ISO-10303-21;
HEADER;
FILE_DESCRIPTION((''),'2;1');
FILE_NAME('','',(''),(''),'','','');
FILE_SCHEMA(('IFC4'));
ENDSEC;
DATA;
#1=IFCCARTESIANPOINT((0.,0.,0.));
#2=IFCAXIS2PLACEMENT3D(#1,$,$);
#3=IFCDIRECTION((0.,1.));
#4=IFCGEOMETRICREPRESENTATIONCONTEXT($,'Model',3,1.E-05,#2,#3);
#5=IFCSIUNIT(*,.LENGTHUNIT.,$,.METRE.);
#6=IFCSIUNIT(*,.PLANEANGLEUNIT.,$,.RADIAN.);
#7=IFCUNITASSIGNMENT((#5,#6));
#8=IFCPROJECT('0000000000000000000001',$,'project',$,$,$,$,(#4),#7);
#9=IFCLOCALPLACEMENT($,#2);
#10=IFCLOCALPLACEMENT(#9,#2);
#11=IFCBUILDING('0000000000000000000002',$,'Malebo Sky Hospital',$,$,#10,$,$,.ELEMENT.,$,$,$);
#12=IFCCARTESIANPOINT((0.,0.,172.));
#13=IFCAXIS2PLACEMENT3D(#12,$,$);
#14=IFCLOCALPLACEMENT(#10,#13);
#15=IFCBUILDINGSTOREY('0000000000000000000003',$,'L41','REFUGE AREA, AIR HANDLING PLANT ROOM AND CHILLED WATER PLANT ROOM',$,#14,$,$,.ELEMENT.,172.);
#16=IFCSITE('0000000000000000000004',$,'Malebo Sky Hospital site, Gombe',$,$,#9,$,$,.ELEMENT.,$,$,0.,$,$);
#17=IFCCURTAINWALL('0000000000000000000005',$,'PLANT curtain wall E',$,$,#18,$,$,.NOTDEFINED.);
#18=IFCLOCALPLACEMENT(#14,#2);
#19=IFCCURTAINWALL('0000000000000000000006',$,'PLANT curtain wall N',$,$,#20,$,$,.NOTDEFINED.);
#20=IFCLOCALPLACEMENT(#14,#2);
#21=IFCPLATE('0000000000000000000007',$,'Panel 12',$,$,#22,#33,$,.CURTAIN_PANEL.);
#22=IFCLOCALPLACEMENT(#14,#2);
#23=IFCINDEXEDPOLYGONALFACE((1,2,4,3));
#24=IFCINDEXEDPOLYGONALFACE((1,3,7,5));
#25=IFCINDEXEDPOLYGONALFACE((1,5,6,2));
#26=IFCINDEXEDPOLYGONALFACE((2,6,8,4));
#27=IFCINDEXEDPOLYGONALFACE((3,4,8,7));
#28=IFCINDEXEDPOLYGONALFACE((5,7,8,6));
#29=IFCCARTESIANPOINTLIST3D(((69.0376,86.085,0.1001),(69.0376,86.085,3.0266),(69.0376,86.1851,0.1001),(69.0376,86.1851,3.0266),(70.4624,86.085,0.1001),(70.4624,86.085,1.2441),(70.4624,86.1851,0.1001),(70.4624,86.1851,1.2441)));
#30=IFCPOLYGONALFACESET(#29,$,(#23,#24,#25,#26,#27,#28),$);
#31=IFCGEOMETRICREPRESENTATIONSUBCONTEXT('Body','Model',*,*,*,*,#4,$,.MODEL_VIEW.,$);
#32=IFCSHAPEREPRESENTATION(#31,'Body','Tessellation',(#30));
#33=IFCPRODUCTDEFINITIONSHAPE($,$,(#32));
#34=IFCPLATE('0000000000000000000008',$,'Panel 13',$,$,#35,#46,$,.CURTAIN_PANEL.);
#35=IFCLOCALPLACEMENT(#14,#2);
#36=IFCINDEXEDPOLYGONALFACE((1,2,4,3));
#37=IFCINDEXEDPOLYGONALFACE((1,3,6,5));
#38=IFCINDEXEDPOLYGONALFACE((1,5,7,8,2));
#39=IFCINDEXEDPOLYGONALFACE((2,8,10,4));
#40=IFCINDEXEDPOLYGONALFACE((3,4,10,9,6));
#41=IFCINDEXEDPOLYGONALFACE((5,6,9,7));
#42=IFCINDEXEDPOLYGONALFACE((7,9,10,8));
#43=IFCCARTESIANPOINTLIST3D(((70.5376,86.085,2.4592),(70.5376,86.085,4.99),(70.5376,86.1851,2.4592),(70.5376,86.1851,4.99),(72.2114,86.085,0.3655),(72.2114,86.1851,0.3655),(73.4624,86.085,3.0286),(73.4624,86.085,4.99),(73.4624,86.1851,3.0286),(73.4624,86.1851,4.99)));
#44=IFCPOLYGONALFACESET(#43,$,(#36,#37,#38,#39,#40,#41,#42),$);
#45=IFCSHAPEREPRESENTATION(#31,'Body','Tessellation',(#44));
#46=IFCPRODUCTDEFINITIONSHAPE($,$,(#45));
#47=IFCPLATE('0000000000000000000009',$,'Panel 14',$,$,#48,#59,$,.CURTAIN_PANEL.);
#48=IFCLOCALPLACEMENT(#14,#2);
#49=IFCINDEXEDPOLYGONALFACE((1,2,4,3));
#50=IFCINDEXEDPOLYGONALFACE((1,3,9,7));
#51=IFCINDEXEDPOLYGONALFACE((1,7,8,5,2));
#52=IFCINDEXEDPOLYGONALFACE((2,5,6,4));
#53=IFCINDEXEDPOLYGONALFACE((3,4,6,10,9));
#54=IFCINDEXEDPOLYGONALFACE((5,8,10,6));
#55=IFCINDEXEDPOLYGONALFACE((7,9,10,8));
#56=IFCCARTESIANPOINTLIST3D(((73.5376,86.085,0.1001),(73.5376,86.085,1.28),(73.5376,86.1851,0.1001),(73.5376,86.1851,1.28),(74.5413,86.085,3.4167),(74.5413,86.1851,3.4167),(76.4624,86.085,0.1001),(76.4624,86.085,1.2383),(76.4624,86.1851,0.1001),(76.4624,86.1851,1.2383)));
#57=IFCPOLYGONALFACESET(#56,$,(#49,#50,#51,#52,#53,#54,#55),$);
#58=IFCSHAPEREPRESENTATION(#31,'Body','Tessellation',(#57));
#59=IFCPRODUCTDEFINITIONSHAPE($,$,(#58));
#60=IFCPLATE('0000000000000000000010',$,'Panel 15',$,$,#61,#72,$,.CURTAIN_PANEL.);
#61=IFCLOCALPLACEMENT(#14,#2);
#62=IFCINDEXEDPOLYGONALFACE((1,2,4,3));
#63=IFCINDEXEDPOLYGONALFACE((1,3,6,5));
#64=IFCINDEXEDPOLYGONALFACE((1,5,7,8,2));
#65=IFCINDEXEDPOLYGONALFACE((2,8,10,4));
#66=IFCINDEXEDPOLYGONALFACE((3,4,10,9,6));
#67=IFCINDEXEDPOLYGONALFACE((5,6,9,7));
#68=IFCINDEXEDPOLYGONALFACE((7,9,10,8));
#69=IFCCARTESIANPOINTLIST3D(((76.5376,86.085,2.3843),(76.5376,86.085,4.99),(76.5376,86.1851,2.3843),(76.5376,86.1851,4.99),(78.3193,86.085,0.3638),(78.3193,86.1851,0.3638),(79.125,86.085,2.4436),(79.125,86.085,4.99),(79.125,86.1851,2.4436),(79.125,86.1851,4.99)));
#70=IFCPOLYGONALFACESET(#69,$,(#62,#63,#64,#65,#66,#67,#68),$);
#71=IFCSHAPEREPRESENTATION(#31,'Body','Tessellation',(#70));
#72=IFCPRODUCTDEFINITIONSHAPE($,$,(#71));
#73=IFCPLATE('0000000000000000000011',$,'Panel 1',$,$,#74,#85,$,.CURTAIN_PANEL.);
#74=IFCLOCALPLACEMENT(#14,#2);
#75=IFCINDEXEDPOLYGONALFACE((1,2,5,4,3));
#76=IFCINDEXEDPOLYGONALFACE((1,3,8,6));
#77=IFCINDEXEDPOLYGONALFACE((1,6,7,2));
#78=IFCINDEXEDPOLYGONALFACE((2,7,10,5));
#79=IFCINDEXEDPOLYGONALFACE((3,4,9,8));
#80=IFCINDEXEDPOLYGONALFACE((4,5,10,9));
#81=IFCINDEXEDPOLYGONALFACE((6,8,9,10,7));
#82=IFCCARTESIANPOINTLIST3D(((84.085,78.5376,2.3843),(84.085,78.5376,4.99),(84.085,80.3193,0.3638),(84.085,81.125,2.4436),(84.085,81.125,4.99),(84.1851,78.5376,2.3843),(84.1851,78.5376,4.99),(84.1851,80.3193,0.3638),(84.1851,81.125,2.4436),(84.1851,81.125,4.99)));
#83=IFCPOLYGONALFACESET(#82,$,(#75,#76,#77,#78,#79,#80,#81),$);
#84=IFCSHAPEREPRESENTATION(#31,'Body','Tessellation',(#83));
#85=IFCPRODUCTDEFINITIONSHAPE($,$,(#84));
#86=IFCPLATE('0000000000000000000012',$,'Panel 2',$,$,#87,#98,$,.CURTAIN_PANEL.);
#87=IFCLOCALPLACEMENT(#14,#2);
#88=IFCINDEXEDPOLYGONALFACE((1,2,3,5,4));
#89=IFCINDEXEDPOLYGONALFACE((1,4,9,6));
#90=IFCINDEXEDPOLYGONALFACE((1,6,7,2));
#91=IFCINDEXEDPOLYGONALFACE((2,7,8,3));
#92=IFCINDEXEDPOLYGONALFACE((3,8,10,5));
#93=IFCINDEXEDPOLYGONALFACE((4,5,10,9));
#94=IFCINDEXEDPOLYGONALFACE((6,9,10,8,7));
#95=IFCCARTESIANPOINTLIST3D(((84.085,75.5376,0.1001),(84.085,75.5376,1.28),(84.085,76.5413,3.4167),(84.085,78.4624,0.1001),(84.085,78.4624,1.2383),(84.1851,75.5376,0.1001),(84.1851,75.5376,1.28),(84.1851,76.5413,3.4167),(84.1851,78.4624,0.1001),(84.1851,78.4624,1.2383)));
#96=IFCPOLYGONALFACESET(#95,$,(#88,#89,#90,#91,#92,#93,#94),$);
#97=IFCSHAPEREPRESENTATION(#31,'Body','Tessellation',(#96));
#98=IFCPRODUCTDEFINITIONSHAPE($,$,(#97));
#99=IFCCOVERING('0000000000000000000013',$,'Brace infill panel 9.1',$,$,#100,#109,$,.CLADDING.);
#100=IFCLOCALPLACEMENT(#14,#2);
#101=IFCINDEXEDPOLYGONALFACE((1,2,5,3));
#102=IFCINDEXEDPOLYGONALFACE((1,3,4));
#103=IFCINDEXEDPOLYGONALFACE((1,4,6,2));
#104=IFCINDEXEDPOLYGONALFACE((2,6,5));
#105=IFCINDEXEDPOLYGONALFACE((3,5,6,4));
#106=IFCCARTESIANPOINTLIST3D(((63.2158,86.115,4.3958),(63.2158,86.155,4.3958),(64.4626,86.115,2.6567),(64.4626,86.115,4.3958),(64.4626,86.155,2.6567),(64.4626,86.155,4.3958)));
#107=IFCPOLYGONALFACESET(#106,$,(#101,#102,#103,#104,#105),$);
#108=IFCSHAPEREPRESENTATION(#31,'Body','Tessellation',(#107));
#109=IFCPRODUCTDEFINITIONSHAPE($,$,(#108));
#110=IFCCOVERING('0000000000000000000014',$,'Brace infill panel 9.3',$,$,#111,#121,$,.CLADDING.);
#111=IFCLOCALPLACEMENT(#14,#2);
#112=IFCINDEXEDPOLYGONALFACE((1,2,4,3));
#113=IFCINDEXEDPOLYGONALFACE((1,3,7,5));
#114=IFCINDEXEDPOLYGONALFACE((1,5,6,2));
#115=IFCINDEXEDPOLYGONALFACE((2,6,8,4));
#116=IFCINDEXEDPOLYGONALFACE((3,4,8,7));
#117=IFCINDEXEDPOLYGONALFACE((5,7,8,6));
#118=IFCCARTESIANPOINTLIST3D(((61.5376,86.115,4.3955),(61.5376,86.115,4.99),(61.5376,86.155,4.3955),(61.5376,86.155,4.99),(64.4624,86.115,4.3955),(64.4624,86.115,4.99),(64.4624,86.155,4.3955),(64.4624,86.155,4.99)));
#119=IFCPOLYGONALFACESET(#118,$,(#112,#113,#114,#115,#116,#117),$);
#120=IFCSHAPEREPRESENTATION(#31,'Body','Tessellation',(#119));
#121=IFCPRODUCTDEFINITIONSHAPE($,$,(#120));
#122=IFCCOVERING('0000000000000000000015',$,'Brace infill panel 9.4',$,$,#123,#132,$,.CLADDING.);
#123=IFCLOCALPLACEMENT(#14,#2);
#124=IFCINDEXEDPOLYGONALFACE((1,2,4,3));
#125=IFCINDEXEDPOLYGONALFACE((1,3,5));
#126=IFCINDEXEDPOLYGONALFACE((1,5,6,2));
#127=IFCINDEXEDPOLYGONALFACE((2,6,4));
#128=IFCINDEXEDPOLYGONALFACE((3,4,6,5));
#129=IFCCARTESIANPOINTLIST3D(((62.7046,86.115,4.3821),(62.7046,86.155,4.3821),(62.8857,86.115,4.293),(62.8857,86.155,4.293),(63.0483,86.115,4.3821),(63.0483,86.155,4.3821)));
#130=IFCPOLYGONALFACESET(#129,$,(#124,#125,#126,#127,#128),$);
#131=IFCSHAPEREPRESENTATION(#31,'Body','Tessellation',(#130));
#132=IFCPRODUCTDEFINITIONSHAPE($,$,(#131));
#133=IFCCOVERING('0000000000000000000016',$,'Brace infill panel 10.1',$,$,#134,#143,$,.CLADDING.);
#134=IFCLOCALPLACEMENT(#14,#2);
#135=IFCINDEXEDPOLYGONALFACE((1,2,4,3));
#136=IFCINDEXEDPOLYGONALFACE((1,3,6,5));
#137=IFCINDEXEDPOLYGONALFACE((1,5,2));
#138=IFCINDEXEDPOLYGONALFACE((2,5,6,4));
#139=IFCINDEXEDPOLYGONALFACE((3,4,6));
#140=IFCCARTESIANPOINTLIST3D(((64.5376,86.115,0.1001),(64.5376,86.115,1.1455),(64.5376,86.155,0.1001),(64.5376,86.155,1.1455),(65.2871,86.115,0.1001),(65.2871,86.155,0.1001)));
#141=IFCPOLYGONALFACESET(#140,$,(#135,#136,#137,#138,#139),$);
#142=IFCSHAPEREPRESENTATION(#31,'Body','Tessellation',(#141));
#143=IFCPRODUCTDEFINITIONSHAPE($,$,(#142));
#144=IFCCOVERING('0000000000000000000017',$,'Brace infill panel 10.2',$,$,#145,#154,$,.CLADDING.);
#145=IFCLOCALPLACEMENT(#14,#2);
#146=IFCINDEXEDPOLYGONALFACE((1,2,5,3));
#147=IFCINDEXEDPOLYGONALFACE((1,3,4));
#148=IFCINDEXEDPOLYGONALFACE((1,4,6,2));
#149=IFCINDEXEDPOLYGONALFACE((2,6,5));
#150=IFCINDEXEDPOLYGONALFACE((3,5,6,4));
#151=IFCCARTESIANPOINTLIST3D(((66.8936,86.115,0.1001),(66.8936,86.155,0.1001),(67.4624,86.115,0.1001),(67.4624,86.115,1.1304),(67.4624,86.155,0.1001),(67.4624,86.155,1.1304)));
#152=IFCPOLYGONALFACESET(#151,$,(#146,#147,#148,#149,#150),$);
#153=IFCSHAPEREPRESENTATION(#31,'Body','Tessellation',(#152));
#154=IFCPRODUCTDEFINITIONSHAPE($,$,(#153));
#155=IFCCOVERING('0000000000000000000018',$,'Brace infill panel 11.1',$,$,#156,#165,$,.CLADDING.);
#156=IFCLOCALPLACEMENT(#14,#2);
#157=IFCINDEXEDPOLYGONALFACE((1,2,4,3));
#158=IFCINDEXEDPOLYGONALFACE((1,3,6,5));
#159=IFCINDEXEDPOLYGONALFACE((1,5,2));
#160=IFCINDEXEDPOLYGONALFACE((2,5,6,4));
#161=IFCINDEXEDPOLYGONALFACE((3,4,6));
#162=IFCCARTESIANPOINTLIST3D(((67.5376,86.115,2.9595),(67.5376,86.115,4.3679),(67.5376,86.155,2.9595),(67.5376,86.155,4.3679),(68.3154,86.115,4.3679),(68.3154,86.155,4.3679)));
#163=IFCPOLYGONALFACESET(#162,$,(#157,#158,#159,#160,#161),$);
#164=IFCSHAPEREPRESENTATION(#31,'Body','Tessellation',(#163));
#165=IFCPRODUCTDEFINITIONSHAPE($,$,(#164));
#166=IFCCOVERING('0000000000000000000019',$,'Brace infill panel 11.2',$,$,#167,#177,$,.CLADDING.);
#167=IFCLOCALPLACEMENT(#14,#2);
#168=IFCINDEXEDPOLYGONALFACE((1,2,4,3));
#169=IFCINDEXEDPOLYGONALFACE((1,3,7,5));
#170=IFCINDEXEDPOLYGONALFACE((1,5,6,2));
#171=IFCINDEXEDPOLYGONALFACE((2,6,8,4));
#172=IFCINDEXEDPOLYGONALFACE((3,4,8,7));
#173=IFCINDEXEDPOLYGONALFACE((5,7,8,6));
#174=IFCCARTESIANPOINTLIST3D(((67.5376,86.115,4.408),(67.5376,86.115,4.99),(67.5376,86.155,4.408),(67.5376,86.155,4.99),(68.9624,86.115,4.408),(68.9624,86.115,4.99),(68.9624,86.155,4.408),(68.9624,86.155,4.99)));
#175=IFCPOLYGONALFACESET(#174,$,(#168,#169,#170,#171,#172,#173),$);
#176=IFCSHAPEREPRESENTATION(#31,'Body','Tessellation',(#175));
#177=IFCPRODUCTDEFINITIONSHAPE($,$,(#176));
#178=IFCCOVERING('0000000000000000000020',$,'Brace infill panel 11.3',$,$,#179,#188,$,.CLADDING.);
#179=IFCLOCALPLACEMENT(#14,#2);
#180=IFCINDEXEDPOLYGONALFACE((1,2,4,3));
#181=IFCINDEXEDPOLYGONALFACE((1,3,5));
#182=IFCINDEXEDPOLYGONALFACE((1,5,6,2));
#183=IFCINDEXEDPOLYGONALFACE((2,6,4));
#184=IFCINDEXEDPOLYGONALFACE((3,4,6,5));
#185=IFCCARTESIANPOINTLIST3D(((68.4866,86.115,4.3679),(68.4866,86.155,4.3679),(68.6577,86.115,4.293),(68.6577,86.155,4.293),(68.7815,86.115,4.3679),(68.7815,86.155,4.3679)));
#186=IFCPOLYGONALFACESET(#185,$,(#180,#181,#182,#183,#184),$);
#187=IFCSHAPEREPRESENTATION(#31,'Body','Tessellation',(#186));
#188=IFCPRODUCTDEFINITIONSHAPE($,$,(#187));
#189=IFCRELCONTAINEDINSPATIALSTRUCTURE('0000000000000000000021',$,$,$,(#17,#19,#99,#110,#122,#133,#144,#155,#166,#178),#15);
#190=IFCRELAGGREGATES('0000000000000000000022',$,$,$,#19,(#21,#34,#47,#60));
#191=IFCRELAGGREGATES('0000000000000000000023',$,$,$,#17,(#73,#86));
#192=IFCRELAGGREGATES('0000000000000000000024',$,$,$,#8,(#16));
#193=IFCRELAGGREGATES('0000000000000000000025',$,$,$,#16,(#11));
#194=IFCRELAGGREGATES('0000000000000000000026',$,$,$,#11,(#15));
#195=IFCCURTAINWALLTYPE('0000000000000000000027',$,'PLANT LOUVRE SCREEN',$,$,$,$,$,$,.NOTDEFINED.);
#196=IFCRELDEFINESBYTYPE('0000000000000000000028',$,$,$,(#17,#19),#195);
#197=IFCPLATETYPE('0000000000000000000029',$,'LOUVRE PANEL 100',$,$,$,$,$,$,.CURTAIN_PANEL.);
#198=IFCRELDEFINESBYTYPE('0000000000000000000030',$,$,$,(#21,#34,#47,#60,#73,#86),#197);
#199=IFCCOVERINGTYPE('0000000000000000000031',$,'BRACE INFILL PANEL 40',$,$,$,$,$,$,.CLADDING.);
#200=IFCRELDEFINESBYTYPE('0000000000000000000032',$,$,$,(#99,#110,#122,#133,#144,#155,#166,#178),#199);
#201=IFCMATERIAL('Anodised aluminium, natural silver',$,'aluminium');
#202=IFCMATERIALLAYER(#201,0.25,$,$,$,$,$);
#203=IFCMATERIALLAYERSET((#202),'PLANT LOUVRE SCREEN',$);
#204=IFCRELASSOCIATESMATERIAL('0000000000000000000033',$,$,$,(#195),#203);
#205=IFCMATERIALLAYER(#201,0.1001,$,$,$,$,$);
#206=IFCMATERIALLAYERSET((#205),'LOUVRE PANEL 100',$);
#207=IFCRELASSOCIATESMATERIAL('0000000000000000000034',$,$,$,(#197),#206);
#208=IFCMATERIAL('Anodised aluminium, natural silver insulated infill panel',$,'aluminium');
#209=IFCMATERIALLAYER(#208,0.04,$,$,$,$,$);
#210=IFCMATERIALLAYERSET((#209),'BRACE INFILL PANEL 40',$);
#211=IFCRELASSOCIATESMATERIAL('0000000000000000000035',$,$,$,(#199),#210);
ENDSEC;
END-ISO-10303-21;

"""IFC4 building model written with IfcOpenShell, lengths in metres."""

from ifc_helpers import new_model, si_unit, direction, frame, origin, place, context, subcontext, project, spatial, polyline, outline, extrude, material, layer, layer_set, type_object, element, aggregate, save


model = new_model("IFC4")

# Units and contexts
model_context = context("Model", 3, precision=1e-05, world=origin(), true_north=direction((0.0, 1.0)))
body_context = subcontext(model_context, "Body", "Model", "MODEL_VIEW")
ifc_project = project(units=[si_unit("LENGTHUNIT", "METRE"), si_unit("PLANEANGLEUNIT", "RADIAN")], contexts=[model_context])

# Site, building, storey
site_placement = place(None, origin())
site = spatial("IfcSite", under=ifc_project, at=site_placement, Name="Malebo Sky Hospital site, Gombe", CompositionType="ELEMENT", RefElevation=0.0)
building_placement = place(site_placement, origin())
building = spatial("IfcBuilding", under=site, at=building_placement, Name="Malebo Sky Hospital", CompositionType="ELEMENT")
storey_placement = place(building_placement, frame((0.0, 0.0, 172.0)))
storey = spatial("IfcBuildingStorey", under=building, at=storey_placement, Name="L41", Description="REFUGE AREA, AIR HANDLING PLANT ROOM AND CHILLED WATER PLANT ROOM", CompositionType="ELEMENT", Elevation=172.0)

# Curtain wall
ifc_material_1 = material(Name="Anodised aluminium, natural silver", Category="aluminium")
ifc_layer_1 = layer(ifc_material_1, 0.25)
ifc_layer_set_1 = layer_set([ifc_layer_1], Name="PLANT LOUVRE SCREEN")
curtain_wall_type = type_object("IfcCurtainWallType", Name="PLANT LOUVRE SCREEN", PredefinedType="NOTDEFINED", material=ifc_layer_set_1)
curtain_wall_1_placement = place(storey_placement, origin())
curtain_wall_1 = element("IfcCurtainWall", 1, at=curtain_wall_1_placement, inside=storey, type_object=curtain_wall_type, Name="PLANT curtain wall E", PredefinedType="NOTDEFINED")

# Curtain wall, plates
curtain_wall_2_placement = place(storey_placement, origin())
curtain_wall_2 = element("IfcCurtainWall", 2, at=curtain_wall_2_placement, inside=storey, type_object=curtain_wall_type, Name="PLANT curtain wall N", PredefinedType="NOTDEFINED")
ifc_layer_2 = layer(ifc_material_1, 0.1001)
ifc_layer_set_2 = layer_set([ifc_layer_2], Name="LOUVRE PANEL 100")
plate_type = type_object("IfcPlateType", Name="LOUVRE PANEL 100", PredefinedType="CURTAIN_PANEL", material=ifc_layer_set_2)
plate_1_placement = place(storey_placement, frame((69.75, 86.135, 0.1001), z_axis=(0.0, 0.0, 1.0), x_axis=(1.0, 0.0, 0.0)))
plate_1 = element("IfcPlate", 3, at=plate_1_placement, type_object=plate_type, Name="Panel 12", PredefinedType="CURTAIN_PANEL", context=body_context, shape_type="SweptSolid", body=[
    extrude(outline(polyline([(-0.7124, 0.0), (0.7124, 0.0), (0.7124, 1.144), (-0.7124, 2.9265), (-0.7124, 0.0)])), frame((0.0, 0.05, 0.0), z_axis=(0.0, -1.0, 0.0), x_axis=(1.0, 0.0, 0.0)), (0.0, 0.0, 1.0), 0.1001),
])
plate_2_placement = place(storey_placement, frame((72.0, 86.135, 0.3655), z_axis=(0.0, 0.0, 1.0), x_axis=(1.0, 0.0, 0.0)))
plate_2 = element("IfcPlate", 4, at=plate_2_placement, type_object=plate_type, Name="Panel 13", PredefinedType="CURTAIN_PANEL", context=body_context, shape_type="SweptSolid", body=[
    extrude(outline(polyline([(0.2114, 0.0), (1.4624, 2.6631), (1.4624, 4.6245), (-1.4624, 4.6245), (-1.4624, 2.0938), (0.2114, 0.0)])), frame((0.0, 0.05, 0.0), z_axis=(0.0, -1.0, 0.0), x_axis=(1.0, 0.0, 0.0)), (0.0, 0.0, 1.0), 0.1001),
])
plate_3_placement = place(storey_placement, frame((75.0, 86.135, 0.1001), z_axis=(0.0, 0.0, 1.0), x_axis=(1.0, 0.0, 0.0)))
plate_3 = element("IfcPlate", 5, at=plate_3_placement, type_object=plate_type, Name="Panel 14", PredefinedType="CURTAIN_PANEL", context=body_context, shape_type="SweptSolid", body=[
    extrude(outline(polyline([(-1.4624, 0.0), (1.4624, 0.0), (1.4624, 1.1382), (-0.4587, 3.3167), (-1.4624, 1.1799), (-1.4624, 0.0)])), frame((0.0, 0.05, 0.0), z_axis=(0.0, -1.0, 0.0), x_axis=(1.0, 0.0, 0.0)), (0.0, 0.0, 1.0), 0.1001),
])
plate_4_placement = place(storey_placement, frame((77.8313, 86.135, 0.3638), z_axis=(0.0, 0.0, 1.0), x_axis=(1.0, 0.0, 0.0)))
plate_4 = element("IfcPlate", 6, at=plate_4_placement, type_object=plate_type, Name="Panel 15", PredefinedType="CURTAIN_PANEL", context=body_context, shape_type="SweptSolid", body=[
    extrude(outline(polyline([(0.488, 0.0), (1.2937, 2.0798), (1.2937, 4.6262), (-1.2937, 4.6262), (-1.2937, 2.0205), (0.488, 0.0)])), frame((0.0, 0.05, 0.0), z_axis=(0.0, -1.0, 0.0), x_axis=(1.0, 0.0, 0.0)), (0.0, 0.0, 1.0), 0.1001),
])
aggregate(curtain_wall_2, [plate_1, plate_2, plate_3, plate_4])

# Plates
plate_5_placement = place(storey_placement, frame((84.135, 79.8313, 0.3638), z_axis=(0.0, 0.0, 1.0), x_axis=(0.0, -1.0, 0.0)))
plate_5 = element("IfcPlate", 7, at=plate_5_placement, type_object=plate_type, Name="Panel 1", PredefinedType="CURTAIN_PANEL", context=body_context, shape_type="SweptSolid", body=[
    extrude(outline(polyline([(-0.488, 0.0), (1.2937, 2.0205), (1.2937, 4.6262), (-1.2937, 4.6262), (-1.2937, 2.0798), (-0.488, 0.0)])), frame((0.0, 0.05, 0.0), z_axis=(0.0, -1.0, 0.0), x_axis=(1.0, 0.0, 0.0)), (0.0, 0.0, 1.0), 0.1001),
])
plate_6_placement = place(storey_placement, frame((84.135, 77.0, 0.1001), z_axis=(0.0, 0.0, 1.0), x_axis=(0.0, -1.0, 0.0)))
plate_6 = element("IfcPlate", 8, at=plate_6_placement, type_object=plate_type, Name="Panel 2", PredefinedType="CURTAIN_PANEL", context=body_context, shape_type="SweptSolid", body=[
    extrude(outline(polyline([(-1.4624, 0.0), (1.4624, 0.0), (1.4624, 1.1799), (0.4587, 3.3167), (-1.4624, 1.1382), (-1.4624, 0.0)])), frame((0.0, 0.05, 0.0), z_axis=(0.0, -1.0, 0.0), x_axis=(1.0, 0.0, 0.0)), (0.0, 0.0, 1.0), 0.1001),
])
aggregate(curtain_wall_1, [plate_5, plate_6])

# Coverings
ifc_material_2 = material(Name="Anodised aluminium, natural silver insulated infill panel", Category="aluminium")
ifc_layer_3 = layer(ifc_material_2, 0.04)
ifc_layer_set_3 = layer_set([ifc_layer_3], Name="BRACE INFILL PANEL 40")
covering_type = type_object("IfcCoveringType", Name="BRACE INFILL PANEL 40", PredefinedType="CLADDING", material=ifc_layer_set_3)
covering_1_placement = place(storey_placement, frame((63.8391, 86.135, 2.6567), z_axis=(0.0, 0.0, 1.0), x_axis=(1.0, 0.0, 0.0)))
element("IfcCovering", 9, at=covering_1_placement, inside=storey, type_object=covering_type, Name="Brace infill panel 9.1", PredefinedType="CLADDING", context=body_context, shape_type="SweptSolid", body=[
    extrude(outline(polyline([(0.6235, 0.0), (0.6235, 1.739), (-0.6233, 1.739), (0.6235, 0.0)])), frame((0.0, 0.02, 0.0), z_axis=(0.0, -1.0, 0.0), x_axis=(1.0, 0.0, 0.0)), (0.0, 0.0, 1.0), 0.04),
])
covering_2_placement = place(storey_placement, frame((63.0, 86.135, 4.3955), z_axis=(0.0, 0.0, 1.0), x_axis=(1.0, 0.0, 0.0)))
element("IfcCovering", 10, at=covering_2_placement, inside=storey, type_object=covering_type, Name="Brace infill panel 9.3", PredefinedType="CLADDING", context=body_context, shape_type="SweptSolid", body=[
    extrude(outline(polyline([(-1.4624, 0.0), (1.4624, 0.0), (1.4624, 0.5945), (-1.4624, 0.5945), (-1.4624, 0.0)])), frame((0.0, 0.02, 0.0), z_axis=(0.0, -1.0, 0.0), x_axis=(1.0, 0.0, 0.0)), (0.0, 0.0, 1.0), 0.04),
])
covering_3_placement = place(storey_placement, frame((62.8765, 86.135, 4.293), z_axis=(0.0, 0.0, 1.0), x_axis=(1.0, 0.0, 0.0)))
element("IfcCovering", 11, at=covering_3_placement, inside=storey, type_object=covering_type, Name="Brace infill panel 9.4", PredefinedType="CLADDING", context=body_context, shape_type="SweptSolid", body=[
    extrude(outline(polyline([(0.0093, 0.0), (0.1719, 0.0891), (-0.1719, 0.0891), (0.0093, 0.0)])), frame((0.0, 0.02, 0.0), z_axis=(0.0, -1.0, 0.0), x_axis=(1.0, 0.0, 0.0)), (0.0, 0.0, 1.0), 0.04),
])
covering_4_placement = place(storey_placement, frame((64.9124, 86.135, 0.1001), z_axis=(0.0, 0.0, 1.0), x_axis=(1.0, 0.0, 0.0)))
element("IfcCovering", 12, at=covering_4_placement, inside=storey, type_object=covering_type, Name="Brace infill panel 10.1", PredefinedType="CLADDING", context=body_context, shape_type="SweptSolid", body=[
    extrude(outline(polyline([(-0.3748, 0.0), (0.3748, 0.0), (-0.3748, 1.0454), (-0.3748, 0.0)])), frame((0.0, 0.02, 0.0), z_axis=(0.0, -1.0, 0.0), x_axis=(1.0, 0.0, 0.0)), (0.0, 0.0, 1.0), 0.04),
])
covering_5_placement = place(storey_placement, frame((67.178, 86.135, 0.1001), z_axis=(0.0, 0.0, 1.0), x_axis=(1.0, 0.0, 0.0)))
element("IfcCovering", 13, at=covering_5_placement, inside=storey, type_object=covering_type, Name="Brace infill panel 10.2", PredefinedType="CLADDING", context=body_context, shape_type="SweptSolid", body=[
    extrude(outline(polyline([(-0.2844, 0.0), (0.2844, 0.0), (0.2844, 1.0303), (-0.2844, 0.0)])), frame((0.0, 0.02, 0.0), z_axis=(0.0, -1.0, 0.0), x_axis=(1.0, 0.0, 0.0)), (0.0, 0.0, 1.0), 0.04),
])
covering_6_placement = place(storey_placement, frame((67.9265, 86.135, 2.9595), z_axis=(0.0, 0.0, 1.0), x_axis=(1.0, 0.0, 0.0)))
element("IfcCovering", 14, at=covering_6_placement, inside=storey, type_object=covering_type, Name="Brace infill panel 11.1", PredefinedType="CLADDING", context=body_context, shape_type="SweptSolid", body=[
    extrude(outline(polyline([(-0.3889, 0.0), (0.3889, 1.4084), (-0.3889, 1.4084), (-0.3889, 0.0)])), frame((0.0, 0.02, 0.0), z_axis=(0.0, -1.0, 0.0), x_axis=(1.0, 0.0, 0.0)), (0.0, 0.0, 1.0), 0.04),
])
covering_7_placement = place(storey_placement, frame((68.25, 86.135, 4.408), z_axis=(0.0, 0.0, 1.0), x_axis=(1.0, 0.0, 0.0)))
element("IfcCovering", 15, at=covering_7_placement, inside=storey, type_object=covering_type, Name="Brace infill panel 11.2", PredefinedType="CLADDING", context=body_context, shape_type="SweptSolid", body=[
    extrude(outline(polyline([(-0.7124, 0.0), (0.7124, 0.0), (0.7124, 0.582), (-0.7124, 0.582), (-0.7124, 0.0)])), frame((0.0, 0.02, 0.0), z_axis=(0.0, -1.0, 0.0), x_axis=(1.0, 0.0, 0.0)), (0.0, 0.0, 1.0), 0.04),
])
covering_8_placement = place(storey_placement, frame((68.634, 86.135, 4.293), z_axis=(0.0, 0.0, 1.0), x_axis=(1.0, 0.0, 0.0)))
element("IfcCovering", 16, at=covering_8_placement, inside=storey, type_object=covering_type, Name="Brace infill panel 11.3", PredefinedType="CLADDING", context=body_context, shape_type="SweptSolid", body=[
    extrude(outline(polyline([(0.0237, 0.0), (0.1475, 0.075), (-0.1475, 0.075), (0.0237, 0.0)])), frame((0.0, 0.02, 0.0), z_axis=(0.0, -1.0, 0.0), x_axis=(1.0, 0.0, 0.0)), (0.0, 0.0, 1.0), 0.04),
])

save(model, "model.ifc")
